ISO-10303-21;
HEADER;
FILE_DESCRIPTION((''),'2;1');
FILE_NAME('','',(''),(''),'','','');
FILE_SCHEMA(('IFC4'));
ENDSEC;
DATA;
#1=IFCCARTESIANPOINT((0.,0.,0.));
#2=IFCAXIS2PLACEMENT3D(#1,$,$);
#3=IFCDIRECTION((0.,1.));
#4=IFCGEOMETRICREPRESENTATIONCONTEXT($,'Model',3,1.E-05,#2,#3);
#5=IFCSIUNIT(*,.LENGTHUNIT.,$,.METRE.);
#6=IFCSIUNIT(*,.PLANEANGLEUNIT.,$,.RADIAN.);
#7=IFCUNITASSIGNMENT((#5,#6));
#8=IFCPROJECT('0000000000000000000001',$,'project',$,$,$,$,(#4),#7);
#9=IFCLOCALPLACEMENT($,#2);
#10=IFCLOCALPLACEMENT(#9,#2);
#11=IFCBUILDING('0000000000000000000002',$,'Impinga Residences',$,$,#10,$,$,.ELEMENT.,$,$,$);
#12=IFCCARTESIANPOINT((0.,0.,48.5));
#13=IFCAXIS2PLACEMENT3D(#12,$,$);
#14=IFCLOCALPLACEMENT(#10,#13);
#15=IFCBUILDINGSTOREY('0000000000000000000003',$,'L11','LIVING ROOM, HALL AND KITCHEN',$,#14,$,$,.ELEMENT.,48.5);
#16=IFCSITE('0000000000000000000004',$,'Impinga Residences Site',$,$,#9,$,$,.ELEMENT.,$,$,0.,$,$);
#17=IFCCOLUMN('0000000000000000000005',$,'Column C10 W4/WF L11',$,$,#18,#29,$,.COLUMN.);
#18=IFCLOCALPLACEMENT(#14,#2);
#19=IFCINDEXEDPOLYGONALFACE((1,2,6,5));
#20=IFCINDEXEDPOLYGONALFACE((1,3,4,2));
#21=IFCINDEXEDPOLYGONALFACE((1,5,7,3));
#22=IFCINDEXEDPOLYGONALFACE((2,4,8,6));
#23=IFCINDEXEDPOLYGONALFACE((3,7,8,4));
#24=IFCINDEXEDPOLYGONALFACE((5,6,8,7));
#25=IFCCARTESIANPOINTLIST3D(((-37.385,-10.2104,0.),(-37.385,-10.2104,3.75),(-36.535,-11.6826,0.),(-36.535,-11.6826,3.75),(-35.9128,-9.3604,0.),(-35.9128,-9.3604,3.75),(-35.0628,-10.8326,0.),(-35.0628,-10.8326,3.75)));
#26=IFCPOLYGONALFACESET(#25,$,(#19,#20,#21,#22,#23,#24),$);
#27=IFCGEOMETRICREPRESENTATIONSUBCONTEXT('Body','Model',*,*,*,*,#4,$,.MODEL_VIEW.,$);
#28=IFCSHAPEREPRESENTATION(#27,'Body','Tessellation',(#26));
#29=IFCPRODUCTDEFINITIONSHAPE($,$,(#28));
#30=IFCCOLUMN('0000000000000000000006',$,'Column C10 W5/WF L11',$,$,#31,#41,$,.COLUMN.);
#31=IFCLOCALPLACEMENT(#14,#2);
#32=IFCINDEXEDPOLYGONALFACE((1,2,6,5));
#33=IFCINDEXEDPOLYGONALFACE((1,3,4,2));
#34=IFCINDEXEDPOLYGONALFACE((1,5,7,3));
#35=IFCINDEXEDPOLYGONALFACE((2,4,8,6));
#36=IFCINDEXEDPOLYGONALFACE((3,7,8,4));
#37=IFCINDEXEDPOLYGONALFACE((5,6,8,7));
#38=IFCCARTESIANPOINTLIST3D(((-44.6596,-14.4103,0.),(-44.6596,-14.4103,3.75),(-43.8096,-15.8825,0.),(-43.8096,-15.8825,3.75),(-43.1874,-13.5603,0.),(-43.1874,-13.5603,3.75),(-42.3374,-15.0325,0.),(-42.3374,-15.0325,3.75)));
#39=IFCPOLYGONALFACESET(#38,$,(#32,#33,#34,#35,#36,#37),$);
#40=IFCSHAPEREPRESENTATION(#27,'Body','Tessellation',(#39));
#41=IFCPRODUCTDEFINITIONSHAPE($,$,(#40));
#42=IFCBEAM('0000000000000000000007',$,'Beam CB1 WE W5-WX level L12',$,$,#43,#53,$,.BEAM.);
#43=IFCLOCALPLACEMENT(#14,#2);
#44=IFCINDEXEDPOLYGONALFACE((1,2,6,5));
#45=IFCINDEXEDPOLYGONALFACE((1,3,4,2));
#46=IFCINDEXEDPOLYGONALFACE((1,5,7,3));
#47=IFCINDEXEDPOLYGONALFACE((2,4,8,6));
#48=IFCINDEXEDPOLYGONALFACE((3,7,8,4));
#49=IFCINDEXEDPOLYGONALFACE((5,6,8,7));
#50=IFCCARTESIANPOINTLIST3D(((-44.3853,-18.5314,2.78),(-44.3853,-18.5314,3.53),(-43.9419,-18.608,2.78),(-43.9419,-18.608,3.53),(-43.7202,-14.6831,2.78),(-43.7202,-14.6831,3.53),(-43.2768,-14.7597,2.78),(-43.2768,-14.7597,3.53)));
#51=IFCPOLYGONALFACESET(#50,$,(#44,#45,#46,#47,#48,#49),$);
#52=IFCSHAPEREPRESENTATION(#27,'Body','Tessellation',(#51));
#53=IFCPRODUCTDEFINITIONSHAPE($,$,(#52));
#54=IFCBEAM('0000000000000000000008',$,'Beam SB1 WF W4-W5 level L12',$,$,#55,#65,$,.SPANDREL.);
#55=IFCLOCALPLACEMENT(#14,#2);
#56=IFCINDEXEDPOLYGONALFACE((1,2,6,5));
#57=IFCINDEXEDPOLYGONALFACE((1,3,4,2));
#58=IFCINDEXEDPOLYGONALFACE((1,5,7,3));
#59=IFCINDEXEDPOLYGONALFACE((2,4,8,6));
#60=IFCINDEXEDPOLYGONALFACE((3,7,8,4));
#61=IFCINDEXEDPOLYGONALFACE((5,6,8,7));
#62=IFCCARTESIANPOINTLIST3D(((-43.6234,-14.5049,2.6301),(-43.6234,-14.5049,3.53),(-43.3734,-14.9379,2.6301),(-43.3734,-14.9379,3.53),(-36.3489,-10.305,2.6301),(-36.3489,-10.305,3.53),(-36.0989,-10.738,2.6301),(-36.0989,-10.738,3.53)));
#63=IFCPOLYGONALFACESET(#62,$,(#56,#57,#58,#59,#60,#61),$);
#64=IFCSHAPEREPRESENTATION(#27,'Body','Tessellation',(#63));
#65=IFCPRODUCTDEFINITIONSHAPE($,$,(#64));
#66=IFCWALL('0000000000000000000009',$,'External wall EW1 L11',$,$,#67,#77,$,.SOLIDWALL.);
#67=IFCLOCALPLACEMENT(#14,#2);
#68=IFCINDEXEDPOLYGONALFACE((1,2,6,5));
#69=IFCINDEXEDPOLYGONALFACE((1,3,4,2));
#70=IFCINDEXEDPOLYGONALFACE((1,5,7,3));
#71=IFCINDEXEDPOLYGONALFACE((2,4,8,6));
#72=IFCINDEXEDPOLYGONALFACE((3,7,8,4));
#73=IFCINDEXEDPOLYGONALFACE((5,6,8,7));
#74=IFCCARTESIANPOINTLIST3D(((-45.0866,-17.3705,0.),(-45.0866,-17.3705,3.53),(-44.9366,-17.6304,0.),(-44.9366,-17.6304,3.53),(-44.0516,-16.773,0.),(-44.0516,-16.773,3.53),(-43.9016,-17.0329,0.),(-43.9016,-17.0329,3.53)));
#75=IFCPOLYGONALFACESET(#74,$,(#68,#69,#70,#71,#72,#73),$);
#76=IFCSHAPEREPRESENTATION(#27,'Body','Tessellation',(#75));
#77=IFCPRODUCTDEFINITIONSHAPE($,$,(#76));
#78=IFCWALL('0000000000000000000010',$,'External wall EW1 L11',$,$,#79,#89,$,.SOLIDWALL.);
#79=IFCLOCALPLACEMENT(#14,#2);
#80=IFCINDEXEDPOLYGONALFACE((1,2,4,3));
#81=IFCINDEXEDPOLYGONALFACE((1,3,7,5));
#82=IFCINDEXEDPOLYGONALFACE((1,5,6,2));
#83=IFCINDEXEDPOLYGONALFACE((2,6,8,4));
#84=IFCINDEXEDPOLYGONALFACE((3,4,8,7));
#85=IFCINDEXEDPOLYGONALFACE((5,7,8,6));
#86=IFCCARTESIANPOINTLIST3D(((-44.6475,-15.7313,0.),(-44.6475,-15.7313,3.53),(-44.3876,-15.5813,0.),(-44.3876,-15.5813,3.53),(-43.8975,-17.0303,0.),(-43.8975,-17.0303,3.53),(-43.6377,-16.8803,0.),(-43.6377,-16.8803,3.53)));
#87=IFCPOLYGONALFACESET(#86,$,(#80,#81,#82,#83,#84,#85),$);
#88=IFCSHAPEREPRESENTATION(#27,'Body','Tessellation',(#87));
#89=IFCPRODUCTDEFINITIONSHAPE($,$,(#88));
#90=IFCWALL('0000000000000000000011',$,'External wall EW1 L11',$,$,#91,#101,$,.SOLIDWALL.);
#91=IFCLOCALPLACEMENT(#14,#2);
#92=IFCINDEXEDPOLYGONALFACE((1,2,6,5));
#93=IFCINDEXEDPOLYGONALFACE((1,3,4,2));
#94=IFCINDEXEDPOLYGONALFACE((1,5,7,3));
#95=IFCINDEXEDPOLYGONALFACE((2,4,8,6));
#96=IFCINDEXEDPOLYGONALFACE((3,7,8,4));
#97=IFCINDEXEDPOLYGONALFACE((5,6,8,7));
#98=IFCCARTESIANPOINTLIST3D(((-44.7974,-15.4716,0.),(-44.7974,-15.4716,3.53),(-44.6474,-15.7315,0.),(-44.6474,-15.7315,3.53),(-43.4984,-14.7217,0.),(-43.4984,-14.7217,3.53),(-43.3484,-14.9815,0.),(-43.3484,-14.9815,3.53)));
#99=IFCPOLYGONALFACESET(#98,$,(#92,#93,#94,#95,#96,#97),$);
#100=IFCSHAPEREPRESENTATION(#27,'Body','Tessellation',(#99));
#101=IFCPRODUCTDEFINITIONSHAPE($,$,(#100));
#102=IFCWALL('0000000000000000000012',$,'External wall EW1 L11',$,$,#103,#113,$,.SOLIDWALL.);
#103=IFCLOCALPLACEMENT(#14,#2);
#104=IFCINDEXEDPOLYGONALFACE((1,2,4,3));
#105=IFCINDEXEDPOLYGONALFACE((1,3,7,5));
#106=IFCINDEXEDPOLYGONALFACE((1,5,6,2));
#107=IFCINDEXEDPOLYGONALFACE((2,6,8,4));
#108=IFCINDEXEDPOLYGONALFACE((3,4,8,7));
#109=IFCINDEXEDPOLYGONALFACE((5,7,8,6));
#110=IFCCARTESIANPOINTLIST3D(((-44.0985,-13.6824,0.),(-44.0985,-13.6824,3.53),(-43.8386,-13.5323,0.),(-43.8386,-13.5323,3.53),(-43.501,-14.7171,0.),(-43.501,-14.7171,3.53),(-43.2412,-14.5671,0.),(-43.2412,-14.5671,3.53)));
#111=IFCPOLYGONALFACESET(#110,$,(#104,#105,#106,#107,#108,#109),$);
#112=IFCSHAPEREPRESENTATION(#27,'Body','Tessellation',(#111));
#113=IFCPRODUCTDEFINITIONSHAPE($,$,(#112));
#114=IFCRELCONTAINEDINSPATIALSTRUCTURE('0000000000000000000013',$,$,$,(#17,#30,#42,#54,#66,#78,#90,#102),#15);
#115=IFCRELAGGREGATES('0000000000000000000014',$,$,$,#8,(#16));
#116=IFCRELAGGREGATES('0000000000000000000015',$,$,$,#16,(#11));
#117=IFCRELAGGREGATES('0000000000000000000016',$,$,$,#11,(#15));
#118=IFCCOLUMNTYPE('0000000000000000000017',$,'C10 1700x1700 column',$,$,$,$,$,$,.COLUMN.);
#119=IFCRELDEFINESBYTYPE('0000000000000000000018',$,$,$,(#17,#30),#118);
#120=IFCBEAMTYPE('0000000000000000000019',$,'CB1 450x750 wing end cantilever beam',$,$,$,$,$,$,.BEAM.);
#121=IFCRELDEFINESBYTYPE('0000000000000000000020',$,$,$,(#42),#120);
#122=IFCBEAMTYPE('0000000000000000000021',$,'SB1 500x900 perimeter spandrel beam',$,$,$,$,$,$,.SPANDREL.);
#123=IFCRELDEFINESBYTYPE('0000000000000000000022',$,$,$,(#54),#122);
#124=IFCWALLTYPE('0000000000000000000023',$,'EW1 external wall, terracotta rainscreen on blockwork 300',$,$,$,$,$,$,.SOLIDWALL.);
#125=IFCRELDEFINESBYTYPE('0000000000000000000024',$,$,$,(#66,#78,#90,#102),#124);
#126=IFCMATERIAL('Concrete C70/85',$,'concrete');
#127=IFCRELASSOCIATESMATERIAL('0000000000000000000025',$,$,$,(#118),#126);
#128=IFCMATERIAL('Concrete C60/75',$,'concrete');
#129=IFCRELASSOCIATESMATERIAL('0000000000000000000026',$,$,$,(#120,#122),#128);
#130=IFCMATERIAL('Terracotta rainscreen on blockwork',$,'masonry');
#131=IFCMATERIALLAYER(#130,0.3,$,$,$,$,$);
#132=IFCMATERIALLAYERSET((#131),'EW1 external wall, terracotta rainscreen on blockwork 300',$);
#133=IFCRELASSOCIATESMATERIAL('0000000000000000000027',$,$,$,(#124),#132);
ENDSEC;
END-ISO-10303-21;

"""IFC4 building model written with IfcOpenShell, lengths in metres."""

from ifc_helpers import new_model, si_unit, direction, frame, frame_2d, origin, origin_2d, place, context, subcontext, project, spatial, rectangle, extrude, material, layer, layer_set, material_profile, profile_set, type_object, element, save


model = new_model("IFC4")

# Units and contexts
model_context = context("Model", 3, precision=1e-05, world=origin(), true_north=direction((0.0, 1.0)))
body_context = subcontext(model_context, "Body", "Model", "MODEL_VIEW")
ifc_project = project(units=[si_unit("LENGTHUNIT", "METRE"), si_unit("PLANEANGLEUNIT", "RADIAN")], contexts=[model_context])

# Site, building, storey
site_placement = place(None, origin())
site = spatial("IfcSite", under=ifc_project, at=site_placement, Name="Impinga Residences Site", CompositionType="ELEMENT", RefElevation=0.0)
building_placement = place(site_placement, origin())
building = spatial("IfcBuilding", under=site, at=building_placement, Name="Impinga Residences", CompositionType="ELEMENT")
storey_placement = place(building_placement, frame((0.0, 0.0, 48.5)))
storey = spatial("IfcBuildingStorey", under=building, at=storey_placement, Name="L11", Description="LIVING ROOM, HALL AND KITCHEN", CompositionType="ELEMENT", Elevation=48.5)

# Columns
ifc_material_1 = material(Name="Concrete C70/85", Category="concrete")
ifc_material_profile_1 = material_profile(ifc_material_1, rectangle(XDim=1.7, YDim=1.7, at=origin_2d()), Name="RC 1700x1700")
ifc_profile_set_1 = profile_set([ifc_material_profile_1], Name="Concrete C70/85")
column_type = type_object("IfcColumnType", Name="C10 1700x1700 column", PredefinedType="COLUMN", material=ifc_profile_set_1)
for number, where, z_axis, x_axis, name in (
    (1, (-36.2239, -10.5215, 0.0), (0.0, 0.0, 1.0), (-0.5, 0.866025, 0.0), "Column C10 W4/WF L11"),
    (2, (-43.4985, -14.7214, 0.0), (0.0, 0.0, 1.0), (-0.5, 0.866025, 0.0), "Column C10 W5/WF L11"),
):
    element("IfcColumn", number, at=place(storey_placement, frame(where, z_axis=z_axis, x_axis=x_axis)), inside=storey, type_object=column_type, Name=name, PredefinedType="COLUMN", context=body_context, shape_type="SweptSolid", body=[
        extrude(rectangle(XDim=1.7, YDim=1.7, at=origin_2d()), origin(), (0.0, 0.0, 1.0), 3.75),
    ])

# Beams
ifc_material_2 = material(Name="Concrete C60/75", Category="concrete")
ifc_material_profile_2 = material_profile(ifc_material_2, rectangle(XDim=0.45, YDim=0.75, at=origin_2d()), Name="RC 450x750")
ifc_profile_set_2 = profile_set([ifc_material_profile_2], Name="Concrete C60/75")
beam_type_1 = type_object("IfcBeamType", Name="CB1 450x750 wing end cantilever beam", PredefinedType="BEAM", material=ifc_profile_set_2)
beam_1_placement = place(storey_placement, frame((-43.4985, -14.7214, 3.155), z_axis=(-0.170296, -0.985393, 0.0), x_axis=(0.985393, -0.170296, 0.0)))
element("IfcBeam", 3, at=beam_1_placement, inside=storey, type_object=beam_type_1, Name="Beam CB1 WE W5-WX level L12", PredefinedType="BEAM", context=body_context, shape_type="SweptSolid", body=[
    extrude(rectangle(XDim=0.45, YDim=0.75, at=origin_2d()), origin(), (0.0, 0.0, 1.0), 3.9053),
])
ifc_material_profile_3 = material_profile(ifc_material_2, rectangle(XDim=0.5, YDim=0.8999, at=origin_2d()), Name="RC 500x900")
ifc_profile_set_3 = profile_set([ifc_material_profile_3], Name="Concrete C60/75")
beam_type_2 = type_object("IfcBeamType", Name="SB1 500x900 perimeter spandrel beam", PredefinedType="SPANDREL", material=ifc_profile_set_3)
beam_2_placement = place(storey_placement, frame((-36.2239, -10.5215, 3.0801), z_axis=(-0.866029, -0.499993, 0.0), x_axis=(0.499993, -0.866029, 0.0)))
element("IfcBeam", 4, at=beam_2_placement, inside=storey, type_object=beam_type_2, Name="Beam SB1 WF W4-W5 level L12", PredefinedType="SPANDREL", context=body_context, shape_type="SweptSolid", body=[
    extrude(rectangle(XDim=0.5, YDim=0.8999, at=origin_2d()), origin(), (0.0, 0.0, 1.0), 8.3999),
])

# Walls
ifc_material_3 = material(Name="Terracotta rainscreen on blockwork", Category="masonry")
ifc_layer_1 = layer(ifc_material_3, 0.3)
ifc_layer_set_1 = layer_set([ifc_layer_1], Name="EW1 external wall, terracotta rainscreen on blockwork 300")
wall_type_1 = type_object("IfcWallType", Name="EW1 external wall, terracotta rainscreen on blockwork 300", PredefinedType="SOLIDWALL", material=ifc_layer_set_1)
wall_1_placement = place(storey_placement, frame((-45.0117, -17.5005, 0.0), z_axis=(0.0, 0.0, 1.0), x_axis=(0.86606, 0.499941, 0.0)))
element("IfcWall", 5, at=wall_1_placement, inside=storey, type_object=wall_type_1, Name="External wall EW1 L11", PredefinedType="SOLIDWALL", context=body_context, shape_type="SweptSolid", body=[
    extrude(rectangle(XDim=1.1951, YDim=0.3, at=frame_2d((0.5977, 0.0))), origin(), (0.0, 0.0, 1.0), 3.53),
])
for number, where, z_axis, x_axis, name in (
    (6, (-43.7676, -16.9553, 0.0), (0.0, 0.0, 1.0), (-0.49999, 0.866031, 0.0), "External wall EW1 L11"),
    (7, (-44.7224, -15.6016, 0.0), (0.0, 0.0, 1.0), (0.866031, 0.49999, 0.0), "External wall EW1 L11"),
):
    element("IfcWall", number, at=place(storey_placement, frame(where, z_axis=z_axis, x_axis=x_axis)), inside=storey, type_object=wall_type_1, Name=name, PredefinedType="SOLIDWALL", context=body_context, shape_type="SweptSolid", body=[
        extrude(rectangle(XDim=1.5, YDim=0.3, at=frame_2d((0.75, 0.0))), origin(), (0.0, 0.0, 1.0), 3.53),
    ])
wall_2_placement = place(storey_placement, frame((-43.3711, -14.6421, 0.0), z_axis=(0.0, 0.0, 1.0), x_axis=(-0.500029, 0.866009, 0.0)))
element("IfcWall", 8, at=wall_2_placement, inside=storey, type_object=wall_type_1, Name="External wall EW1 L11", PredefinedType="SOLIDWALL", context=body_context, shape_type="SweptSolid", body=[
    extrude(rectangle(XDim=1.1948, YDim=0.3, at=frame_2d((0.5974, 0.0))), origin(), (0.0, 0.0, 1.0), 3.53),
])

save(model, "model.ifc")
